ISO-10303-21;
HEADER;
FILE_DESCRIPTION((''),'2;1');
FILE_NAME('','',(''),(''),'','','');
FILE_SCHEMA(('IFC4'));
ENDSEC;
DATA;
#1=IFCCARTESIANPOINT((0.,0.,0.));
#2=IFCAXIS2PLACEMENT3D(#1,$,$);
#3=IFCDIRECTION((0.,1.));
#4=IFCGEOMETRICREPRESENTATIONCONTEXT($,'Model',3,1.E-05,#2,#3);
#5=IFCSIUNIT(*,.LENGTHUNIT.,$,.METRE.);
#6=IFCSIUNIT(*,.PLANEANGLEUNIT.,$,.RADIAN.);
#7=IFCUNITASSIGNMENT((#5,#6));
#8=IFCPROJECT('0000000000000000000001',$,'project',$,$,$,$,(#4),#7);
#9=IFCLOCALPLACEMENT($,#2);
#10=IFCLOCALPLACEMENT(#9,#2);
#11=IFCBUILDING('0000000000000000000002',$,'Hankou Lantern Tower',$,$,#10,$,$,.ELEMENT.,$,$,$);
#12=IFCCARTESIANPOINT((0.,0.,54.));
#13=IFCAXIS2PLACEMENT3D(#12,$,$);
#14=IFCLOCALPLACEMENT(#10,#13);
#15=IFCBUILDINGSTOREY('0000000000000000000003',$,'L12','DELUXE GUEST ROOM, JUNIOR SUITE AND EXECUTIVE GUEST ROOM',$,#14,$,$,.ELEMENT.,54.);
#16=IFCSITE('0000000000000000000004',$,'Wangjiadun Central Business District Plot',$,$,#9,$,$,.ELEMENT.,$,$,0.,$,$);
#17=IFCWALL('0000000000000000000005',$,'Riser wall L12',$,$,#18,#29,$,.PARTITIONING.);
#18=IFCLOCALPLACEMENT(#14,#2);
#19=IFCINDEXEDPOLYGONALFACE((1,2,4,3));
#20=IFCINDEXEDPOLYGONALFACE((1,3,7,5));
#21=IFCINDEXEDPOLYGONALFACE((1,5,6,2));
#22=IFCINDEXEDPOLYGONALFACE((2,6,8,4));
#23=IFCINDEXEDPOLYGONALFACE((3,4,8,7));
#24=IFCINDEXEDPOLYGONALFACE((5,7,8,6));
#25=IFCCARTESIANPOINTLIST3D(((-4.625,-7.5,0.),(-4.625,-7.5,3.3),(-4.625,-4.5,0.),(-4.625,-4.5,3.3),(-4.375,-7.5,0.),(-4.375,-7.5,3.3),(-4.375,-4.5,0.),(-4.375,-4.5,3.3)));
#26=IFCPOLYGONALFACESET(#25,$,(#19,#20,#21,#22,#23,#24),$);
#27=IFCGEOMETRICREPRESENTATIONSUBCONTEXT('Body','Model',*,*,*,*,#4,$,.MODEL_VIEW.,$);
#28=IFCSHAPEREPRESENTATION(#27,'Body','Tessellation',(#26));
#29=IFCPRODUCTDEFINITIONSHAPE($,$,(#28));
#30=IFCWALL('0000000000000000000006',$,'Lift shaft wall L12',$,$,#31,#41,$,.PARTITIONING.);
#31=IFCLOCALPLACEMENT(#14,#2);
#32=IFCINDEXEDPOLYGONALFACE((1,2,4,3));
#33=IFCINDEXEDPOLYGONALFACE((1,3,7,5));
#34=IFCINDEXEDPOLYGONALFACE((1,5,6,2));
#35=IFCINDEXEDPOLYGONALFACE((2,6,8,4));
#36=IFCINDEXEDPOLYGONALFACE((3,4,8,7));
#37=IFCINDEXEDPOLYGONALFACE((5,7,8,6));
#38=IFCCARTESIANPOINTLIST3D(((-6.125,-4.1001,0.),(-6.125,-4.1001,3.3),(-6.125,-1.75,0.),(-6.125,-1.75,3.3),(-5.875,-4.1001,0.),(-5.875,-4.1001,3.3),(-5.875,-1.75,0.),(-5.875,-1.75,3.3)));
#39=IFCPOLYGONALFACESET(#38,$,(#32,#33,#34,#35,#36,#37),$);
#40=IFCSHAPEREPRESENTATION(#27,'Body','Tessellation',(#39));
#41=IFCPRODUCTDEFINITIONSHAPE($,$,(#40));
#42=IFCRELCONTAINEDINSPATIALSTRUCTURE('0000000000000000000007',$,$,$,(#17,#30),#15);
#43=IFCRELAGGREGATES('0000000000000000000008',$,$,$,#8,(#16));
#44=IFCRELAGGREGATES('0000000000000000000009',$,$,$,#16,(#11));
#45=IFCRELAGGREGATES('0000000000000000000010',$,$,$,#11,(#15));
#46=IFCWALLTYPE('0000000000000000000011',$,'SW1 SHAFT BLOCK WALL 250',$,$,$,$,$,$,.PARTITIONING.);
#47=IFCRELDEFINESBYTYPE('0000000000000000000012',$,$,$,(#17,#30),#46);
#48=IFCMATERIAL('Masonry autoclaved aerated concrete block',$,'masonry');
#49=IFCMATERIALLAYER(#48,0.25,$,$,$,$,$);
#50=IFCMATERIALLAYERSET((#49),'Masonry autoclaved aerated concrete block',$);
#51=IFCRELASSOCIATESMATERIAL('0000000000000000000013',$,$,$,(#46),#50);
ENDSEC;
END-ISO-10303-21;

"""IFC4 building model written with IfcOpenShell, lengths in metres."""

from ifc_helpers import new_model, si_unit, direction, frame, frame_2d, origin, place, context, subcontext, project, spatial, rectangle, extrude, material, layer, layer_set, type_object, element, save


model = new_model("IFC4")

# Units and contexts
model_context = context("Model", 3, precision=1e-05, world=origin(), true_north=direction((0.0, 1.0)))
body_context = subcontext(model_context, "Body", "Model", "MODEL_VIEW")
ifc_project = project(units=[si_unit("LENGTHUNIT", "METRE"), si_unit("PLANEANGLEUNIT", "RADIAN")], contexts=[model_context])

# Site, building, storey
site_placement = place(None, origin())
site = spatial("IfcSite", under=ifc_project, at=site_placement, Name="Wangjiadun Central Business District Plot", CompositionType="ELEMENT", RefElevation=0.0)
building_placement = place(site_placement, origin())
building = spatial("IfcBuilding", under=site, at=building_placement, Name="Hankou Lantern Tower", CompositionType="ELEMENT")
storey_placement = place(building_placement, frame((0.0, 0.0, 54.0)))
storey = spatial("IfcBuildingStorey", under=building, at=storey_placement, Name="L12", Description="DELUXE GUEST ROOM, JUNIOR SUITE AND EXECUTIVE GUEST ROOM", CompositionType="ELEMENT", Elevation=54.0)

# Walls
ifc_material_1 = material(Name="Masonry autoclaved aerated concrete block", Category="masonry")
ifc_layer_1 = layer(ifc_material_1, 0.25)
ifc_layer_set_1 = layer_set([ifc_layer_1], Name="Masonry autoclaved aerated concrete block")
wall_type_1 = type_object("IfcWallType", Name="SW1 SHAFT BLOCK WALL 250", PredefinedType="PARTITIONING", material=ifc_layer_set_1)
wall_1_placement = place(storey_placement, frame((-4.5, -7.5, 0.0), z_axis=(0.0, 0.0, 1.0), x_axis=(0.0, 1.0, 0.0)))
element("IfcWall", 1, at=wall_1_placement, inside=storey, type_object=wall_type_1, Name="Riser wall L12", PredefinedType="PARTITIONING", context=body_context, shape_type="SweptSolid", body=[
    extrude(rectangle(XDim=3.0, YDim=0.25, at=frame_2d((1.5, 0.0))), origin(), (0.0, 0.0, 1.0), 3.3),
])
wall_2_placement = place(storey_placement, frame((-6.0, -4.1001, 0.0), z_axis=(0.0, 0.0, 1.0), x_axis=(0.0, 1.0, 0.0)))
element("IfcWall", 2, at=wall_2_placement, inside=storey, type_object=wall_type_1, Name="Lift shaft wall L12", PredefinedType="PARTITIONING", context=body_context, shape_type="SweptSolid", body=[
    extrude(rectangle(XDim=2.3501, YDim=0.25, at=frame_2d((1.175, 0.0))), origin(), (0.0, 0.0, 1.0), 3.3),
])

save(model, "model.ifc")
